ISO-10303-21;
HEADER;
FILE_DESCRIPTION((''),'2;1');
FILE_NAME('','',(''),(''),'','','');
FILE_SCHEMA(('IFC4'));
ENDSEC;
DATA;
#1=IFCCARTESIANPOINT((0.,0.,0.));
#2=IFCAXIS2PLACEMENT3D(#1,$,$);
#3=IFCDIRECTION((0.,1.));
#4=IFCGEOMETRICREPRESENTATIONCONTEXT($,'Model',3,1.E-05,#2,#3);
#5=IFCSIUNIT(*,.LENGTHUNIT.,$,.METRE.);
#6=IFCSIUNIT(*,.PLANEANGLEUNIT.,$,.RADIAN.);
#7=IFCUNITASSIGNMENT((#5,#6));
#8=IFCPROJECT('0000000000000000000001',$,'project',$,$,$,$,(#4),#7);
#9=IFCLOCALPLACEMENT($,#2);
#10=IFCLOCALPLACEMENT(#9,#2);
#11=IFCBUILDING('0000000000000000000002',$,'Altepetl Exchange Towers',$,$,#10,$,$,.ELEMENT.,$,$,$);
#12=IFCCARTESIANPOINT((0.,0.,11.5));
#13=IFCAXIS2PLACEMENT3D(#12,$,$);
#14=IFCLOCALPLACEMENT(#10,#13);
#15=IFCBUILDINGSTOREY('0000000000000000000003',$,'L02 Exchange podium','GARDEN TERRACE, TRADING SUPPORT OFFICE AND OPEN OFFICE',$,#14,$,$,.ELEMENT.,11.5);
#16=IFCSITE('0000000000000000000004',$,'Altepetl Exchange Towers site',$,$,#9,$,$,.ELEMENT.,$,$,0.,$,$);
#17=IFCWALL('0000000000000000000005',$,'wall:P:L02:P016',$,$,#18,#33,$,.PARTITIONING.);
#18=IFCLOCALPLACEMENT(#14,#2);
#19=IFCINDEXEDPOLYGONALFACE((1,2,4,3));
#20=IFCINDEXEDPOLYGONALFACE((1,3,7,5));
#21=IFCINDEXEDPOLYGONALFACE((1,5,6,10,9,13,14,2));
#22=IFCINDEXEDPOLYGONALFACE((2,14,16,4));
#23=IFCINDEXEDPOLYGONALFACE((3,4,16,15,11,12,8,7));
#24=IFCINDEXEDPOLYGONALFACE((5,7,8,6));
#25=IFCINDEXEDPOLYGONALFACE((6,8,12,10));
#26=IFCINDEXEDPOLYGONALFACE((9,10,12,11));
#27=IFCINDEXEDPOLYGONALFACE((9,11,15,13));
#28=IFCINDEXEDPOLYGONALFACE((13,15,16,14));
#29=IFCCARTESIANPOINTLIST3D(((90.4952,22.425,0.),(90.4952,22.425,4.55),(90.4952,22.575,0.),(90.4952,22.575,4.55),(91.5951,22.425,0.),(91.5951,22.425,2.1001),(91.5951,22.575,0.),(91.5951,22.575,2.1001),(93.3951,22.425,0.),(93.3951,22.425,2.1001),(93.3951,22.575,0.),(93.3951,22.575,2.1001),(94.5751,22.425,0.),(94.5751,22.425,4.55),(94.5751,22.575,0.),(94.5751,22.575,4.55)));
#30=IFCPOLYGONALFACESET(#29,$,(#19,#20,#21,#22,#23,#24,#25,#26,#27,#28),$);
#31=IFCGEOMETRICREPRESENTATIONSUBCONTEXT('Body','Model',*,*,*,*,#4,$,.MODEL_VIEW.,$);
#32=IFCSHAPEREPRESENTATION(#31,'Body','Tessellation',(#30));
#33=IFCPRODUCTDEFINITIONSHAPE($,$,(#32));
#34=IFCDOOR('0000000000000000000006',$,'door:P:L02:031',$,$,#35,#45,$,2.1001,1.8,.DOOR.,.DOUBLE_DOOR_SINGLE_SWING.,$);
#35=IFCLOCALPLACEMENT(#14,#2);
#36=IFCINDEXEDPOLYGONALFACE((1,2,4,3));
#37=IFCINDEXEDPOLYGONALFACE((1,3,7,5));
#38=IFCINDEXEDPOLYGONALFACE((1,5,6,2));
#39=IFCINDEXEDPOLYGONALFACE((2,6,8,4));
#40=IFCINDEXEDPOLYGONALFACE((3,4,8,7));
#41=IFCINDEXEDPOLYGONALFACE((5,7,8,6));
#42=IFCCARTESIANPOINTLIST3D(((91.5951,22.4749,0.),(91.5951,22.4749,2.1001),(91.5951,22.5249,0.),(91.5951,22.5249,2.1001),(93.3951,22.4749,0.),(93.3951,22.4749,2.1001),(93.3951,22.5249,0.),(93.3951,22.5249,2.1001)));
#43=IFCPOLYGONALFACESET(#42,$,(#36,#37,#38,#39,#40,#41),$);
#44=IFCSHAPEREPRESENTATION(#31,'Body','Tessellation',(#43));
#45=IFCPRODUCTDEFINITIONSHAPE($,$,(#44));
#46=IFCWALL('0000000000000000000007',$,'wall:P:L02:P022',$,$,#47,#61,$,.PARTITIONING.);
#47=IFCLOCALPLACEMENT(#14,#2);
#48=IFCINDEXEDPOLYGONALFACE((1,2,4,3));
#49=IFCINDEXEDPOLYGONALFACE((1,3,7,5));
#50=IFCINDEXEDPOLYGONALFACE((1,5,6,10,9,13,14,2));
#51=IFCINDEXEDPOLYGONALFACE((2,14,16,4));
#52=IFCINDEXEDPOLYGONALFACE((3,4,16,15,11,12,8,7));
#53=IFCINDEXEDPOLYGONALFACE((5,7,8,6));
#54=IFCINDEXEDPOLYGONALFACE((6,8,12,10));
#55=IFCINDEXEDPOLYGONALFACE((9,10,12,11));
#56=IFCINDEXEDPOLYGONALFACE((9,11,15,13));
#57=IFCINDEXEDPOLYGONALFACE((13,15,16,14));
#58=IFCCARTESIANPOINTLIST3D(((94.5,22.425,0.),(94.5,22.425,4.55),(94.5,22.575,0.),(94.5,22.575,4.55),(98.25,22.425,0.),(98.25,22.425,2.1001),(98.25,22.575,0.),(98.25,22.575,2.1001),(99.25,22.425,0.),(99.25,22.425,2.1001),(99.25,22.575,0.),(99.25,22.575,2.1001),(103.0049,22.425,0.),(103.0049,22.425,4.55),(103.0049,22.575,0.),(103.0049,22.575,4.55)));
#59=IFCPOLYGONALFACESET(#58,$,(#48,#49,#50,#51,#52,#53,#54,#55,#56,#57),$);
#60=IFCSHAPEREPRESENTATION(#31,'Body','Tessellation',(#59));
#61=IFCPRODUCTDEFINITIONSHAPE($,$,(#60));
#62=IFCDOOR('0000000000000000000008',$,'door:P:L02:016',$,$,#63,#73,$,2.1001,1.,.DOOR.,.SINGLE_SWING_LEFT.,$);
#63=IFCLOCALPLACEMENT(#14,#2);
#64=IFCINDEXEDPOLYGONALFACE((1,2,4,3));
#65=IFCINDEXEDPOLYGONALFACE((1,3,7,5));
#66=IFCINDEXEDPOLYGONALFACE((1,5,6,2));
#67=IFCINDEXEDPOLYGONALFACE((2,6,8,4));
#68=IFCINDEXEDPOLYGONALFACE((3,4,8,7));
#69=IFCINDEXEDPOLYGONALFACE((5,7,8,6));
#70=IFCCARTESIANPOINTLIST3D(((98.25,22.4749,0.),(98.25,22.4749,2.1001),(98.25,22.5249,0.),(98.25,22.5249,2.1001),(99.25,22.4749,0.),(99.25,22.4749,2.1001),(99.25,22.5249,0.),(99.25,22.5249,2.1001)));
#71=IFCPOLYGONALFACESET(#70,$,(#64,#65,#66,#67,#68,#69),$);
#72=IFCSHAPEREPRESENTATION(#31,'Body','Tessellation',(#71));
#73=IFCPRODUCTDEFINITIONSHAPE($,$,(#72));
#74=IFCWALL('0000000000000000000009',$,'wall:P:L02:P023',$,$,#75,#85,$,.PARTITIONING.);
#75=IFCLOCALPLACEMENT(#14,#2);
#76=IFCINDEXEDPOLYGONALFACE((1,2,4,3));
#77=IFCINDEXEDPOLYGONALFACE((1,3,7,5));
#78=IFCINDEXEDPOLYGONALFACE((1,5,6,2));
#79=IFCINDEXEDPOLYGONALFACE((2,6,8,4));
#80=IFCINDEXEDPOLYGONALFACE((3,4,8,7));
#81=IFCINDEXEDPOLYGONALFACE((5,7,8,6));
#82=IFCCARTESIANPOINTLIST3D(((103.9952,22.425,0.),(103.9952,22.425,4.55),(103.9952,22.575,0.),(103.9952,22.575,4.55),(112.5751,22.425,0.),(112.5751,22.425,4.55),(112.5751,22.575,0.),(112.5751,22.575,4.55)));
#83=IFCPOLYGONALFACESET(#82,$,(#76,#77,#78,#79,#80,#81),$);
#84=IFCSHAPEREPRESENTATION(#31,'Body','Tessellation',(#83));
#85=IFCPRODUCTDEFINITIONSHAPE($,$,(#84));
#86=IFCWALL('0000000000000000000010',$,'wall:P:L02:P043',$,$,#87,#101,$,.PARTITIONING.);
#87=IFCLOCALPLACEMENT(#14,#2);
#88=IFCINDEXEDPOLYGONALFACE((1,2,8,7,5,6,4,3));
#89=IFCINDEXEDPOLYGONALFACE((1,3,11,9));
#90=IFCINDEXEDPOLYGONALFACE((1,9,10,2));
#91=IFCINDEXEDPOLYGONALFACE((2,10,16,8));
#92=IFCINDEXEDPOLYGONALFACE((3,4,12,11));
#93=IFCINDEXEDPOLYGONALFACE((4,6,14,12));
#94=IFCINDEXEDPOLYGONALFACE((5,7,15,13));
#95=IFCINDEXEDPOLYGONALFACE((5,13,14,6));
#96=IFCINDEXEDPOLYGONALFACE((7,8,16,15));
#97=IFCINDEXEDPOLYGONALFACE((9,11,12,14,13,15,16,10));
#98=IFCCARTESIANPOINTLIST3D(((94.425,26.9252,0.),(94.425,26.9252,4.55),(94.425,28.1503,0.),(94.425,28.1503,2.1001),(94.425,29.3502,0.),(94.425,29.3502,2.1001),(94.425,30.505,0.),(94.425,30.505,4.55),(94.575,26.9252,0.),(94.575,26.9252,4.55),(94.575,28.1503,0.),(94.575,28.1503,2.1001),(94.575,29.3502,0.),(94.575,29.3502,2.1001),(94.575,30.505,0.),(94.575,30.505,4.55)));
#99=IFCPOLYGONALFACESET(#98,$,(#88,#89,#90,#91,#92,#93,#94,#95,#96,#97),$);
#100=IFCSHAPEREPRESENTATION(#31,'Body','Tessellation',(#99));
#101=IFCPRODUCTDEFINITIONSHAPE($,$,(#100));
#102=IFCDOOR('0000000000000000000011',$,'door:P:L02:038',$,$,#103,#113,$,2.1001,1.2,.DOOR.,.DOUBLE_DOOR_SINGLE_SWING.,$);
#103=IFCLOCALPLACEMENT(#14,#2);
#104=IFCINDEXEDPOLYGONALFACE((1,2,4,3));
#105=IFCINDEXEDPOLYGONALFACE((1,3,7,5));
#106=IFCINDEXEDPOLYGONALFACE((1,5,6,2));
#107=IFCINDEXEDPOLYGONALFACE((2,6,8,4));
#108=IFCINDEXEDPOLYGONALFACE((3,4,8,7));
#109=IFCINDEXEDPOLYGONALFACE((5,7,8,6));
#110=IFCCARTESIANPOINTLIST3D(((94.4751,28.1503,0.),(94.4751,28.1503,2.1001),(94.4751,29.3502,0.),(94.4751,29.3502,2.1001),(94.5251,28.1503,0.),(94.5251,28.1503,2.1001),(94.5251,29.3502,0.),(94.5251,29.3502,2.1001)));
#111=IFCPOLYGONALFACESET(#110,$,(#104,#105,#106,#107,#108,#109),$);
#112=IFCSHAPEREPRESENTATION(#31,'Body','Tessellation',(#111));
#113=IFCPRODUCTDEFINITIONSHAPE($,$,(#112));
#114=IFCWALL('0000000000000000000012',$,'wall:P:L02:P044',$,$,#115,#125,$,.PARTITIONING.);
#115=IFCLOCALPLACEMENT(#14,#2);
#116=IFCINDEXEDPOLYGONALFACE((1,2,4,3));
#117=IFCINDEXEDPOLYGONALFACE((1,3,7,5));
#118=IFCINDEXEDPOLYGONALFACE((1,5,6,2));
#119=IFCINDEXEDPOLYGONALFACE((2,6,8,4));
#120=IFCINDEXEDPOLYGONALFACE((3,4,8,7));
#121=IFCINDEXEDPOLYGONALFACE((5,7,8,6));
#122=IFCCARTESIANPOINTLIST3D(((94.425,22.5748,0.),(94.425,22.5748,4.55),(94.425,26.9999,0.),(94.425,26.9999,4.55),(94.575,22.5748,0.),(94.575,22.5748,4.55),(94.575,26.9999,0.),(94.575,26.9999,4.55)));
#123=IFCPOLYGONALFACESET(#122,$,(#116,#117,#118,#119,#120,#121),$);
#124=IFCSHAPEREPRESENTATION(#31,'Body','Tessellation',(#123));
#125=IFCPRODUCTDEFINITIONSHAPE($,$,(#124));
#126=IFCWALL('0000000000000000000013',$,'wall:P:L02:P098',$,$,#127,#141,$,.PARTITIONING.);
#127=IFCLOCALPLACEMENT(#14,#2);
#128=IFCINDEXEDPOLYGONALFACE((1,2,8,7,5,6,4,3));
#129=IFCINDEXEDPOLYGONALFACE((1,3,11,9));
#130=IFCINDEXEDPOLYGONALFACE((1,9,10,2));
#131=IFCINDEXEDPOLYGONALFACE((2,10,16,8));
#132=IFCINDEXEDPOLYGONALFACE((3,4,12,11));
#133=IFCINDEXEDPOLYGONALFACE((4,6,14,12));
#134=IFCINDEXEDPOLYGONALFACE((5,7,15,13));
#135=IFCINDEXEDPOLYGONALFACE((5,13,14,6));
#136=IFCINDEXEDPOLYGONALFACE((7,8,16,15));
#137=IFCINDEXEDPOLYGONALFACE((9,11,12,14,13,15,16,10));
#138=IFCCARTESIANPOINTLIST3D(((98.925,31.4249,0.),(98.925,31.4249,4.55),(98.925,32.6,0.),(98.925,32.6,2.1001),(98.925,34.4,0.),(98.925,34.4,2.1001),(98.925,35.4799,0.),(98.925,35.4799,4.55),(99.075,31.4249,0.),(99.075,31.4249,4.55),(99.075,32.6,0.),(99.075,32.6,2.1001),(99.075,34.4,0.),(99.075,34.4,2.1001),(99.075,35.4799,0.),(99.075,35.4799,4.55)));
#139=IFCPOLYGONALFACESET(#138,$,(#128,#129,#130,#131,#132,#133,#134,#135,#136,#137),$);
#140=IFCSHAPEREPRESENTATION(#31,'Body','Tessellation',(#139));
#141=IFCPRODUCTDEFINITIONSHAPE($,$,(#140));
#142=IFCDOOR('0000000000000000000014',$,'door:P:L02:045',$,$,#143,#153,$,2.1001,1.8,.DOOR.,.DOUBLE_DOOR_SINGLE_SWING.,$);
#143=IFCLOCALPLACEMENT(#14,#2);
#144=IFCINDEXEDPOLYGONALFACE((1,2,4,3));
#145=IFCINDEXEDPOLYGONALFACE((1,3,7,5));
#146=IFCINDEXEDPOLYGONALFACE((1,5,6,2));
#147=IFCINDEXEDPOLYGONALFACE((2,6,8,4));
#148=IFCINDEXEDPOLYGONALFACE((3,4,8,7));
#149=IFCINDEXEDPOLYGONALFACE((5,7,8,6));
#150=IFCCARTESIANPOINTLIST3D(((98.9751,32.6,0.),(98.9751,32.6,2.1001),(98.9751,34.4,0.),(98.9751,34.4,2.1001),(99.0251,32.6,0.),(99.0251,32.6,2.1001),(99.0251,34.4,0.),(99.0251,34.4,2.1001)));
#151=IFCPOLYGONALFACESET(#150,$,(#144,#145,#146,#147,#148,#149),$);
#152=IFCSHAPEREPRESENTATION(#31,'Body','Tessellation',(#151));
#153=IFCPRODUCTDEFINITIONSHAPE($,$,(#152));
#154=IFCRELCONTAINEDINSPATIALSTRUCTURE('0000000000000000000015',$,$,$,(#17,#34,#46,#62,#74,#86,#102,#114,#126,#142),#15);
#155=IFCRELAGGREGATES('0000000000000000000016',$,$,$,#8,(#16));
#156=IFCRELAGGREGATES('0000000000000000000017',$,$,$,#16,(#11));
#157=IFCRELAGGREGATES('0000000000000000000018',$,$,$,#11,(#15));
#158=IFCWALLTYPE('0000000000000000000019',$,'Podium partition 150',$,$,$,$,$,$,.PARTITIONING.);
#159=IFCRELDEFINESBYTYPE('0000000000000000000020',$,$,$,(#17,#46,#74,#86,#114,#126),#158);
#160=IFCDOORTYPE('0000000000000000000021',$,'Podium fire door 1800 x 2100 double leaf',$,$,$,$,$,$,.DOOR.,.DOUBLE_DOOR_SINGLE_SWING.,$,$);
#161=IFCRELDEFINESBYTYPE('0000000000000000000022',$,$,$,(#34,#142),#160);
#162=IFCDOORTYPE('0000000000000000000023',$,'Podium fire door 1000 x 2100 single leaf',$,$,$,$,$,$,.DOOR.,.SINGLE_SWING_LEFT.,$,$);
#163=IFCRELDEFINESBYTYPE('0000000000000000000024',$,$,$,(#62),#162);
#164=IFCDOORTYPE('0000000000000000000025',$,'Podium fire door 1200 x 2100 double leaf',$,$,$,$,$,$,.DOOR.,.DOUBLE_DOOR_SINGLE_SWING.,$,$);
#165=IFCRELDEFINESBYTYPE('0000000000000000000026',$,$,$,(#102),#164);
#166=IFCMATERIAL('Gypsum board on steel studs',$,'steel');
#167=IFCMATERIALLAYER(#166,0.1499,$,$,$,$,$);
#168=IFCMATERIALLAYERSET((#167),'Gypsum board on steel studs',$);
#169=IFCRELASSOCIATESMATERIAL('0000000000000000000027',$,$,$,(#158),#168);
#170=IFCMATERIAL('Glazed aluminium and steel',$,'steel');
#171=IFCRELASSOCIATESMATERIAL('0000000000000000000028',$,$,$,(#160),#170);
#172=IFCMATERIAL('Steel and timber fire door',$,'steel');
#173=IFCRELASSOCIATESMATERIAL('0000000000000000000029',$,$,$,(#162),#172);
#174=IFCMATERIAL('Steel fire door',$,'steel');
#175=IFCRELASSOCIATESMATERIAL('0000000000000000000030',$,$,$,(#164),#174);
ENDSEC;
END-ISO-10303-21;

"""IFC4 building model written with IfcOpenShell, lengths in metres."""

from ifc_helpers import new_model, si_unit, direction, frame, frame_2d, origin, place, context, subcontext, project, spatial, rectangle, extrude, material, layer, layer_set, type_object, element, fill, save


model = new_model("IFC4")

# Units and contexts
model_context = context("Model", 3, precision=1e-05, world=origin(), true_north=direction((0.0, 1.0)))
body_context = subcontext(model_context, "Body", "Model", "MODEL_VIEW")
ifc_project = project(units=[si_unit("LENGTHUNIT", "METRE"), si_unit("PLANEANGLEUNIT", "RADIAN")], contexts=[model_context])

# Site, building, storey
site_placement = place(None, origin())
site = spatial("IfcSite", under=ifc_project, at=site_placement, Name="Altepetl Exchange Towers site", CompositionType="ELEMENT", RefElevation=0.0)
building_placement = place(site_placement, origin())
building = spatial("IfcBuilding", under=site, at=building_placement, Name="Altepetl Exchange Towers", CompositionType="ELEMENT")
storey_placement = place(building_placement, frame((0.0, 0.0, 11.5)))
storey = spatial("IfcBuildingStorey", under=building, at=storey_placement, Name="L02 Exchange podium", Description="GARDEN TERRACE, TRADING SUPPORT OFFICE AND OPEN OFFICE", CompositionType="ELEMENT", Elevation=11.5)

# Shared definitions
ifc_material_1 = material(Name="Steel and timber fire door", Category="steel")

# Walls, openings, doors
ifc_material_2 = material(Name="Gypsum board on steel studs", Category="steel")
ifc_layer_1 = layer(ifc_material_2, 0.1499)
ifc_layer_set_1 = layer_set([ifc_layer_1], Name="Gypsum board on steel studs")
wall_type_1 = type_object("IfcWallType", Name="Podium partition 150", PredefinedType="PARTITIONING", material=ifc_layer_set_1)
ifc_material_3 = material(Name="Glazed aluminium and steel", Category="steel")
door_type_1 = type_object("IfcDoorType", Name="Podium fire door 1800 x 2100 double leaf", OperationType="DOUBLE_DOOR_SINGLE_SWING", PredefinedType="DOOR", material=ifc_material_3)
wall_1_placement = place(storey_placement, frame((90.4951, 22.5, 0.0)))
wall_1 = element("IfcWall", 1, at=wall_1_placement, inside=storey, type_object=wall_type_1, Name="wall:P:L02:P016", PredefinedType="PARTITIONING", context=body_context, shape_type="SweptSolid", body=[
    extrude(rectangle(XDim=4.0798, YDim=0.1499, at=frame_2d((2.04, 0.0))), origin(), (0.0, 0.0, 1.0), 4.55),
])
opening_1_placement = place(wall_1_placement, frame((1.1001, 0.0, 0.0)))
opening_1 = element("IfcOpeningElement", 2, at=opening_1_placement, cuts=wall_1, PredefinedType="OPENING", context=body_context, shape_type="SweptSolid", body=[
    extrude(rectangle(XDim=1.8, YDim=2.1001, at=frame_2d((0.8999, 1.05))), frame((0.0, 0.085, 0.0), z_axis=(0.0, -1.0, 0.0), x_axis=(1.0, 0.0, 0.0)), (0.0, 0.0, 1.0), 0.1699),
])
door_1_placement = place(opening_1_placement, origin())
door_1 = element("IfcDoor", 3, at=door_1_placement, inside=storey, type_object=door_type_1, Name="door:P:L02:031", OperationType="DOUBLE_DOOR_SINGLE_SWING", OverallHeight=2.1001, OverallWidth=1.8, PredefinedType="DOOR", context=body_context, shape_type="SweptSolid", body=[
    extrude(rectangle(XDim=1.8, YDim=2.1001, at=frame_2d((0.8999, 1.05))), frame((0.0, 0.0249, 0.0), z_axis=(0.0, -1.0, 0.0), x_axis=(1.0, 0.0, 0.0)), (0.0, 0.0, 1.0), 0.05),
])
fill(opening_1, door_1)
wall_2_placement = place(storey_placement, frame((94.5, 22.5, 0.0)))
wall_2 = element("IfcWall", 4, at=wall_2_placement, inside=storey, type_object=wall_type_1, Name="wall:P:L02:P022", PredefinedType="PARTITIONING", context=body_context, shape_type="SweptSolid", body=[
    extrude(rectangle(XDim=8.5049, YDim=0.1499, at=frame_2d((4.2524, 0.0))), origin(), (0.0, 0.0, 1.0), 4.55),
])
opening_2_placement = place(wall_2_placement, frame((3.75, 0.0, 0.0)))
opening_2 = element("IfcOpeningElement", 5, at=opening_2_placement, cuts=wall_2, PredefinedType="OPENING", context=body_context, shape_type="SweptSolid", body=[
    extrude(rectangle(XDim=1.0, YDim=2.1001, at=frame_2d((0.5, 1.05))), frame((0.0, 0.085, 0.0), z_axis=(0.0, -1.0, 0.0), x_axis=(1.0, 0.0, 0.0)), (0.0, 0.0, 1.0), 0.1699),
])
door_type_2 = type_object("IfcDoorType", Name="Podium fire door 1000 x 2100 single leaf", OperationType="SINGLE_SWING_LEFT", PredefinedType="DOOR", material=ifc_material_1)
door_2_placement = place(opening_2_placement, origin())
door_2 = element("IfcDoor", 6, at=door_2_placement, inside=storey, type_object=door_type_2, Name="door:P:L02:016", OperationType="SINGLE_SWING_LEFT", OverallHeight=2.1001, OverallWidth=1.0, PredefinedType="DOOR", context=body_context, shape_type="SweptSolid", body=[
    extrude(rectangle(XDim=1.0, YDim=2.1001, at=frame_2d((0.5, 1.05))), frame((0.0, 0.0249, 0.0), z_axis=(0.0, -1.0, 0.0), x_axis=(1.0, 0.0, 0.0)), (0.0, 0.0, 1.0), 0.05),
])
fill(opening_2, door_2)

# Wall
wall_3_placement = place(storey_placement, frame((103.9951, 22.5, 0.0)))
element("IfcWall", 7, at=wall_3_placement, inside=storey, type_object=wall_type_1, Name="wall:P:L02:P023", PredefinedType="PARTITIONING", context=body_context, shape_type="SweptSolid", body=[
    extrude(rectangle(XDim=8.5798, YDim=0.1499, at=frame_2d((4.29, 0.0))), origin(), (0.0, 0.0, 1.0), 4.55),
])

# Wall, opening, door
wall_4_placement = place(storey_placement, frame((94.5, 26.925, 0.0), z_axis=(0.0, 0.0, 1.0), x_axis=(0.0, 1.0, 0.0)))
wall_4 = element("IfcWall", 8, at=wall_4_placement, inside=storey, type_object=wall_type_1, Name="wall:P:L02:P043", PredefinedType="PARTITIONING", context=body_context, shape_type="SweptSolid", body=[
    extrude(rectangle(XDim=3.5798, YDim=0.1499, at=frame_2d((1.79, 0.0))), origin(), (0.0, 0.0, 1.0), 4.55),
])
opening_3_placement = place(wall_4_placement, frame((1.2251, 0.0, 0.0)))
opening_3 = element("IfcOpeningElement", 9, at=opening_3_placement, cuts=wall_4, PredefinedType="OPENING", context=body_context, shape_type="SweptSolid", body=[
    extrude(rectangle(XDim=1.2, YDim=2.1001, at=frame_2d((0.6001, 1.05))), frame((0.0, 0.085, 0.0), z_axis=(0.0, -1.0, 0.0), x_axis=(1.0, 0.0, 0.0)), (0.0, 0.0, 1.0), 0.1699),
])
ifc_material_4 = material(Name="Steel fire door", Category="steel")
door_type_3 = type_object("IfcDoorType", Name="Podium fire door 1200 x 2100 double leaf", OperationType="DOUBLE_DOOR_SINGLE_SWING", PredefinedType="DOOR", material=ifc_material_4)
door_3_placement = place(opening_3_placement, origin())
door_3 = element("IfcDoor", 10, at=door_3_placement, inside=storey, type_object=door_type_3, Name="door:P:L02:038", OperationType="DOUBLE_DOOR_SINGLE_SWING", OverallHeight=2.1001, OverallWidth=1.2, PredefinedType="DOOR", context=body_context, shape_type="SweptSolid", body=[
    extrude(rectangle(XDim=1.2, YDim=2.1001, at=frame_2d((0.6001, 1.05))), frame((0.0, 0.0249, 0.0), z_axis=(0.0, -1.0, 0.0), x_axis=(1.0, 0.0, 0.0)), (0.0, 0.0, 1.0), 0.05),
])
fill(opening_3, door_3)

# Wall
wall_5_placement = place(storey_placement, frame((94.5, 22.575, 0.0), z_axis=(0.0, 0.0, 1.0), x_axis=(0.0, 1.0, 0.0)))
element("IfcWall", 11, at=wall_5_placement, inside=storey, type_object=wall_type_1, Name="wall:P:L02:P044", PredefinedType="PARTITIONING", context=body_context, shape_type="SweptSolid", body=[
    extrude(rectangle(XDim=4.425, YDim=0.1499, at=frame_2d((2.2124, 0.0))), origin(), (0.0, 0.0, 1.0), 4.55),
])

# Wall, opening, door
wall_6_placement = place(storey_placement, frame((99.0, 31.425, 0.0), z_axis=(0.0, 0.0, 1.0), x_axis=(0.0, 1.0, 0.0)))
wall_6 = element("IfcWall", 12, at=wall_6_placement, inside=storey, type_object=wall_type_1, Name="wall:P:L02:P098", PredefinedType="PARTITIONING", context=body_context, shape_type="SweptSolid", body=[
    extrude(rectangle(XDim=4.0549, YDim=0.1499, at=frame_2d((2.0273, 0.0))), origin(), (0.0, 0.0, 1.0), 4.55),
])
opening_4_placement = place(wall_6_placement, frame((1.175, 0.0, 0.0)))
opening_4 = element("IfcOpeningElement", 13, at=opening_4_placement, cuts=wall_6, PredefinedType="OPENING", context=body_context, shape_type="SweptSolid", body=[
    extrude(rectangle(XDim=1.8, YDim=2.1001, at=frame_2d((0.8999, 1.05))), frame((0.0, 0.085, 0.0), z_axis=(0.0, -1.0, 0.0), x_axis=(1.0, 0.0, 0.0)), (0.0, 0.0, 1.0), 0.1699),
])
door_4_placement = place(opening_4_placement, origin())
door_4 = element("IfcDoor", 14, at=door_4_placement, inside=storey, type_object=door_type_1, Name="door:P:L02:045", OperationType="DOUBLE_DOOR_SINGLE_SWING", OverallHeight=2.1001, OverallWidth=1.8, PredefinedType="DOOR", context=body_context, shape_type="SweptSolid", body=[
    extrude(rectangle(XDim=1.8, YDim=2.1001, at=frame_2d((0.8999, 1.05))), frame((0.0, 0.0249, 0.0), z_axis=(0.0, -1.0, 0.0), x_axis=(1.0, 0.0, 0.0)), (0.0, 0.0, 1.0), 0.05),
])
fill(opening_4, door_4)

save(model, "model.ifc")
